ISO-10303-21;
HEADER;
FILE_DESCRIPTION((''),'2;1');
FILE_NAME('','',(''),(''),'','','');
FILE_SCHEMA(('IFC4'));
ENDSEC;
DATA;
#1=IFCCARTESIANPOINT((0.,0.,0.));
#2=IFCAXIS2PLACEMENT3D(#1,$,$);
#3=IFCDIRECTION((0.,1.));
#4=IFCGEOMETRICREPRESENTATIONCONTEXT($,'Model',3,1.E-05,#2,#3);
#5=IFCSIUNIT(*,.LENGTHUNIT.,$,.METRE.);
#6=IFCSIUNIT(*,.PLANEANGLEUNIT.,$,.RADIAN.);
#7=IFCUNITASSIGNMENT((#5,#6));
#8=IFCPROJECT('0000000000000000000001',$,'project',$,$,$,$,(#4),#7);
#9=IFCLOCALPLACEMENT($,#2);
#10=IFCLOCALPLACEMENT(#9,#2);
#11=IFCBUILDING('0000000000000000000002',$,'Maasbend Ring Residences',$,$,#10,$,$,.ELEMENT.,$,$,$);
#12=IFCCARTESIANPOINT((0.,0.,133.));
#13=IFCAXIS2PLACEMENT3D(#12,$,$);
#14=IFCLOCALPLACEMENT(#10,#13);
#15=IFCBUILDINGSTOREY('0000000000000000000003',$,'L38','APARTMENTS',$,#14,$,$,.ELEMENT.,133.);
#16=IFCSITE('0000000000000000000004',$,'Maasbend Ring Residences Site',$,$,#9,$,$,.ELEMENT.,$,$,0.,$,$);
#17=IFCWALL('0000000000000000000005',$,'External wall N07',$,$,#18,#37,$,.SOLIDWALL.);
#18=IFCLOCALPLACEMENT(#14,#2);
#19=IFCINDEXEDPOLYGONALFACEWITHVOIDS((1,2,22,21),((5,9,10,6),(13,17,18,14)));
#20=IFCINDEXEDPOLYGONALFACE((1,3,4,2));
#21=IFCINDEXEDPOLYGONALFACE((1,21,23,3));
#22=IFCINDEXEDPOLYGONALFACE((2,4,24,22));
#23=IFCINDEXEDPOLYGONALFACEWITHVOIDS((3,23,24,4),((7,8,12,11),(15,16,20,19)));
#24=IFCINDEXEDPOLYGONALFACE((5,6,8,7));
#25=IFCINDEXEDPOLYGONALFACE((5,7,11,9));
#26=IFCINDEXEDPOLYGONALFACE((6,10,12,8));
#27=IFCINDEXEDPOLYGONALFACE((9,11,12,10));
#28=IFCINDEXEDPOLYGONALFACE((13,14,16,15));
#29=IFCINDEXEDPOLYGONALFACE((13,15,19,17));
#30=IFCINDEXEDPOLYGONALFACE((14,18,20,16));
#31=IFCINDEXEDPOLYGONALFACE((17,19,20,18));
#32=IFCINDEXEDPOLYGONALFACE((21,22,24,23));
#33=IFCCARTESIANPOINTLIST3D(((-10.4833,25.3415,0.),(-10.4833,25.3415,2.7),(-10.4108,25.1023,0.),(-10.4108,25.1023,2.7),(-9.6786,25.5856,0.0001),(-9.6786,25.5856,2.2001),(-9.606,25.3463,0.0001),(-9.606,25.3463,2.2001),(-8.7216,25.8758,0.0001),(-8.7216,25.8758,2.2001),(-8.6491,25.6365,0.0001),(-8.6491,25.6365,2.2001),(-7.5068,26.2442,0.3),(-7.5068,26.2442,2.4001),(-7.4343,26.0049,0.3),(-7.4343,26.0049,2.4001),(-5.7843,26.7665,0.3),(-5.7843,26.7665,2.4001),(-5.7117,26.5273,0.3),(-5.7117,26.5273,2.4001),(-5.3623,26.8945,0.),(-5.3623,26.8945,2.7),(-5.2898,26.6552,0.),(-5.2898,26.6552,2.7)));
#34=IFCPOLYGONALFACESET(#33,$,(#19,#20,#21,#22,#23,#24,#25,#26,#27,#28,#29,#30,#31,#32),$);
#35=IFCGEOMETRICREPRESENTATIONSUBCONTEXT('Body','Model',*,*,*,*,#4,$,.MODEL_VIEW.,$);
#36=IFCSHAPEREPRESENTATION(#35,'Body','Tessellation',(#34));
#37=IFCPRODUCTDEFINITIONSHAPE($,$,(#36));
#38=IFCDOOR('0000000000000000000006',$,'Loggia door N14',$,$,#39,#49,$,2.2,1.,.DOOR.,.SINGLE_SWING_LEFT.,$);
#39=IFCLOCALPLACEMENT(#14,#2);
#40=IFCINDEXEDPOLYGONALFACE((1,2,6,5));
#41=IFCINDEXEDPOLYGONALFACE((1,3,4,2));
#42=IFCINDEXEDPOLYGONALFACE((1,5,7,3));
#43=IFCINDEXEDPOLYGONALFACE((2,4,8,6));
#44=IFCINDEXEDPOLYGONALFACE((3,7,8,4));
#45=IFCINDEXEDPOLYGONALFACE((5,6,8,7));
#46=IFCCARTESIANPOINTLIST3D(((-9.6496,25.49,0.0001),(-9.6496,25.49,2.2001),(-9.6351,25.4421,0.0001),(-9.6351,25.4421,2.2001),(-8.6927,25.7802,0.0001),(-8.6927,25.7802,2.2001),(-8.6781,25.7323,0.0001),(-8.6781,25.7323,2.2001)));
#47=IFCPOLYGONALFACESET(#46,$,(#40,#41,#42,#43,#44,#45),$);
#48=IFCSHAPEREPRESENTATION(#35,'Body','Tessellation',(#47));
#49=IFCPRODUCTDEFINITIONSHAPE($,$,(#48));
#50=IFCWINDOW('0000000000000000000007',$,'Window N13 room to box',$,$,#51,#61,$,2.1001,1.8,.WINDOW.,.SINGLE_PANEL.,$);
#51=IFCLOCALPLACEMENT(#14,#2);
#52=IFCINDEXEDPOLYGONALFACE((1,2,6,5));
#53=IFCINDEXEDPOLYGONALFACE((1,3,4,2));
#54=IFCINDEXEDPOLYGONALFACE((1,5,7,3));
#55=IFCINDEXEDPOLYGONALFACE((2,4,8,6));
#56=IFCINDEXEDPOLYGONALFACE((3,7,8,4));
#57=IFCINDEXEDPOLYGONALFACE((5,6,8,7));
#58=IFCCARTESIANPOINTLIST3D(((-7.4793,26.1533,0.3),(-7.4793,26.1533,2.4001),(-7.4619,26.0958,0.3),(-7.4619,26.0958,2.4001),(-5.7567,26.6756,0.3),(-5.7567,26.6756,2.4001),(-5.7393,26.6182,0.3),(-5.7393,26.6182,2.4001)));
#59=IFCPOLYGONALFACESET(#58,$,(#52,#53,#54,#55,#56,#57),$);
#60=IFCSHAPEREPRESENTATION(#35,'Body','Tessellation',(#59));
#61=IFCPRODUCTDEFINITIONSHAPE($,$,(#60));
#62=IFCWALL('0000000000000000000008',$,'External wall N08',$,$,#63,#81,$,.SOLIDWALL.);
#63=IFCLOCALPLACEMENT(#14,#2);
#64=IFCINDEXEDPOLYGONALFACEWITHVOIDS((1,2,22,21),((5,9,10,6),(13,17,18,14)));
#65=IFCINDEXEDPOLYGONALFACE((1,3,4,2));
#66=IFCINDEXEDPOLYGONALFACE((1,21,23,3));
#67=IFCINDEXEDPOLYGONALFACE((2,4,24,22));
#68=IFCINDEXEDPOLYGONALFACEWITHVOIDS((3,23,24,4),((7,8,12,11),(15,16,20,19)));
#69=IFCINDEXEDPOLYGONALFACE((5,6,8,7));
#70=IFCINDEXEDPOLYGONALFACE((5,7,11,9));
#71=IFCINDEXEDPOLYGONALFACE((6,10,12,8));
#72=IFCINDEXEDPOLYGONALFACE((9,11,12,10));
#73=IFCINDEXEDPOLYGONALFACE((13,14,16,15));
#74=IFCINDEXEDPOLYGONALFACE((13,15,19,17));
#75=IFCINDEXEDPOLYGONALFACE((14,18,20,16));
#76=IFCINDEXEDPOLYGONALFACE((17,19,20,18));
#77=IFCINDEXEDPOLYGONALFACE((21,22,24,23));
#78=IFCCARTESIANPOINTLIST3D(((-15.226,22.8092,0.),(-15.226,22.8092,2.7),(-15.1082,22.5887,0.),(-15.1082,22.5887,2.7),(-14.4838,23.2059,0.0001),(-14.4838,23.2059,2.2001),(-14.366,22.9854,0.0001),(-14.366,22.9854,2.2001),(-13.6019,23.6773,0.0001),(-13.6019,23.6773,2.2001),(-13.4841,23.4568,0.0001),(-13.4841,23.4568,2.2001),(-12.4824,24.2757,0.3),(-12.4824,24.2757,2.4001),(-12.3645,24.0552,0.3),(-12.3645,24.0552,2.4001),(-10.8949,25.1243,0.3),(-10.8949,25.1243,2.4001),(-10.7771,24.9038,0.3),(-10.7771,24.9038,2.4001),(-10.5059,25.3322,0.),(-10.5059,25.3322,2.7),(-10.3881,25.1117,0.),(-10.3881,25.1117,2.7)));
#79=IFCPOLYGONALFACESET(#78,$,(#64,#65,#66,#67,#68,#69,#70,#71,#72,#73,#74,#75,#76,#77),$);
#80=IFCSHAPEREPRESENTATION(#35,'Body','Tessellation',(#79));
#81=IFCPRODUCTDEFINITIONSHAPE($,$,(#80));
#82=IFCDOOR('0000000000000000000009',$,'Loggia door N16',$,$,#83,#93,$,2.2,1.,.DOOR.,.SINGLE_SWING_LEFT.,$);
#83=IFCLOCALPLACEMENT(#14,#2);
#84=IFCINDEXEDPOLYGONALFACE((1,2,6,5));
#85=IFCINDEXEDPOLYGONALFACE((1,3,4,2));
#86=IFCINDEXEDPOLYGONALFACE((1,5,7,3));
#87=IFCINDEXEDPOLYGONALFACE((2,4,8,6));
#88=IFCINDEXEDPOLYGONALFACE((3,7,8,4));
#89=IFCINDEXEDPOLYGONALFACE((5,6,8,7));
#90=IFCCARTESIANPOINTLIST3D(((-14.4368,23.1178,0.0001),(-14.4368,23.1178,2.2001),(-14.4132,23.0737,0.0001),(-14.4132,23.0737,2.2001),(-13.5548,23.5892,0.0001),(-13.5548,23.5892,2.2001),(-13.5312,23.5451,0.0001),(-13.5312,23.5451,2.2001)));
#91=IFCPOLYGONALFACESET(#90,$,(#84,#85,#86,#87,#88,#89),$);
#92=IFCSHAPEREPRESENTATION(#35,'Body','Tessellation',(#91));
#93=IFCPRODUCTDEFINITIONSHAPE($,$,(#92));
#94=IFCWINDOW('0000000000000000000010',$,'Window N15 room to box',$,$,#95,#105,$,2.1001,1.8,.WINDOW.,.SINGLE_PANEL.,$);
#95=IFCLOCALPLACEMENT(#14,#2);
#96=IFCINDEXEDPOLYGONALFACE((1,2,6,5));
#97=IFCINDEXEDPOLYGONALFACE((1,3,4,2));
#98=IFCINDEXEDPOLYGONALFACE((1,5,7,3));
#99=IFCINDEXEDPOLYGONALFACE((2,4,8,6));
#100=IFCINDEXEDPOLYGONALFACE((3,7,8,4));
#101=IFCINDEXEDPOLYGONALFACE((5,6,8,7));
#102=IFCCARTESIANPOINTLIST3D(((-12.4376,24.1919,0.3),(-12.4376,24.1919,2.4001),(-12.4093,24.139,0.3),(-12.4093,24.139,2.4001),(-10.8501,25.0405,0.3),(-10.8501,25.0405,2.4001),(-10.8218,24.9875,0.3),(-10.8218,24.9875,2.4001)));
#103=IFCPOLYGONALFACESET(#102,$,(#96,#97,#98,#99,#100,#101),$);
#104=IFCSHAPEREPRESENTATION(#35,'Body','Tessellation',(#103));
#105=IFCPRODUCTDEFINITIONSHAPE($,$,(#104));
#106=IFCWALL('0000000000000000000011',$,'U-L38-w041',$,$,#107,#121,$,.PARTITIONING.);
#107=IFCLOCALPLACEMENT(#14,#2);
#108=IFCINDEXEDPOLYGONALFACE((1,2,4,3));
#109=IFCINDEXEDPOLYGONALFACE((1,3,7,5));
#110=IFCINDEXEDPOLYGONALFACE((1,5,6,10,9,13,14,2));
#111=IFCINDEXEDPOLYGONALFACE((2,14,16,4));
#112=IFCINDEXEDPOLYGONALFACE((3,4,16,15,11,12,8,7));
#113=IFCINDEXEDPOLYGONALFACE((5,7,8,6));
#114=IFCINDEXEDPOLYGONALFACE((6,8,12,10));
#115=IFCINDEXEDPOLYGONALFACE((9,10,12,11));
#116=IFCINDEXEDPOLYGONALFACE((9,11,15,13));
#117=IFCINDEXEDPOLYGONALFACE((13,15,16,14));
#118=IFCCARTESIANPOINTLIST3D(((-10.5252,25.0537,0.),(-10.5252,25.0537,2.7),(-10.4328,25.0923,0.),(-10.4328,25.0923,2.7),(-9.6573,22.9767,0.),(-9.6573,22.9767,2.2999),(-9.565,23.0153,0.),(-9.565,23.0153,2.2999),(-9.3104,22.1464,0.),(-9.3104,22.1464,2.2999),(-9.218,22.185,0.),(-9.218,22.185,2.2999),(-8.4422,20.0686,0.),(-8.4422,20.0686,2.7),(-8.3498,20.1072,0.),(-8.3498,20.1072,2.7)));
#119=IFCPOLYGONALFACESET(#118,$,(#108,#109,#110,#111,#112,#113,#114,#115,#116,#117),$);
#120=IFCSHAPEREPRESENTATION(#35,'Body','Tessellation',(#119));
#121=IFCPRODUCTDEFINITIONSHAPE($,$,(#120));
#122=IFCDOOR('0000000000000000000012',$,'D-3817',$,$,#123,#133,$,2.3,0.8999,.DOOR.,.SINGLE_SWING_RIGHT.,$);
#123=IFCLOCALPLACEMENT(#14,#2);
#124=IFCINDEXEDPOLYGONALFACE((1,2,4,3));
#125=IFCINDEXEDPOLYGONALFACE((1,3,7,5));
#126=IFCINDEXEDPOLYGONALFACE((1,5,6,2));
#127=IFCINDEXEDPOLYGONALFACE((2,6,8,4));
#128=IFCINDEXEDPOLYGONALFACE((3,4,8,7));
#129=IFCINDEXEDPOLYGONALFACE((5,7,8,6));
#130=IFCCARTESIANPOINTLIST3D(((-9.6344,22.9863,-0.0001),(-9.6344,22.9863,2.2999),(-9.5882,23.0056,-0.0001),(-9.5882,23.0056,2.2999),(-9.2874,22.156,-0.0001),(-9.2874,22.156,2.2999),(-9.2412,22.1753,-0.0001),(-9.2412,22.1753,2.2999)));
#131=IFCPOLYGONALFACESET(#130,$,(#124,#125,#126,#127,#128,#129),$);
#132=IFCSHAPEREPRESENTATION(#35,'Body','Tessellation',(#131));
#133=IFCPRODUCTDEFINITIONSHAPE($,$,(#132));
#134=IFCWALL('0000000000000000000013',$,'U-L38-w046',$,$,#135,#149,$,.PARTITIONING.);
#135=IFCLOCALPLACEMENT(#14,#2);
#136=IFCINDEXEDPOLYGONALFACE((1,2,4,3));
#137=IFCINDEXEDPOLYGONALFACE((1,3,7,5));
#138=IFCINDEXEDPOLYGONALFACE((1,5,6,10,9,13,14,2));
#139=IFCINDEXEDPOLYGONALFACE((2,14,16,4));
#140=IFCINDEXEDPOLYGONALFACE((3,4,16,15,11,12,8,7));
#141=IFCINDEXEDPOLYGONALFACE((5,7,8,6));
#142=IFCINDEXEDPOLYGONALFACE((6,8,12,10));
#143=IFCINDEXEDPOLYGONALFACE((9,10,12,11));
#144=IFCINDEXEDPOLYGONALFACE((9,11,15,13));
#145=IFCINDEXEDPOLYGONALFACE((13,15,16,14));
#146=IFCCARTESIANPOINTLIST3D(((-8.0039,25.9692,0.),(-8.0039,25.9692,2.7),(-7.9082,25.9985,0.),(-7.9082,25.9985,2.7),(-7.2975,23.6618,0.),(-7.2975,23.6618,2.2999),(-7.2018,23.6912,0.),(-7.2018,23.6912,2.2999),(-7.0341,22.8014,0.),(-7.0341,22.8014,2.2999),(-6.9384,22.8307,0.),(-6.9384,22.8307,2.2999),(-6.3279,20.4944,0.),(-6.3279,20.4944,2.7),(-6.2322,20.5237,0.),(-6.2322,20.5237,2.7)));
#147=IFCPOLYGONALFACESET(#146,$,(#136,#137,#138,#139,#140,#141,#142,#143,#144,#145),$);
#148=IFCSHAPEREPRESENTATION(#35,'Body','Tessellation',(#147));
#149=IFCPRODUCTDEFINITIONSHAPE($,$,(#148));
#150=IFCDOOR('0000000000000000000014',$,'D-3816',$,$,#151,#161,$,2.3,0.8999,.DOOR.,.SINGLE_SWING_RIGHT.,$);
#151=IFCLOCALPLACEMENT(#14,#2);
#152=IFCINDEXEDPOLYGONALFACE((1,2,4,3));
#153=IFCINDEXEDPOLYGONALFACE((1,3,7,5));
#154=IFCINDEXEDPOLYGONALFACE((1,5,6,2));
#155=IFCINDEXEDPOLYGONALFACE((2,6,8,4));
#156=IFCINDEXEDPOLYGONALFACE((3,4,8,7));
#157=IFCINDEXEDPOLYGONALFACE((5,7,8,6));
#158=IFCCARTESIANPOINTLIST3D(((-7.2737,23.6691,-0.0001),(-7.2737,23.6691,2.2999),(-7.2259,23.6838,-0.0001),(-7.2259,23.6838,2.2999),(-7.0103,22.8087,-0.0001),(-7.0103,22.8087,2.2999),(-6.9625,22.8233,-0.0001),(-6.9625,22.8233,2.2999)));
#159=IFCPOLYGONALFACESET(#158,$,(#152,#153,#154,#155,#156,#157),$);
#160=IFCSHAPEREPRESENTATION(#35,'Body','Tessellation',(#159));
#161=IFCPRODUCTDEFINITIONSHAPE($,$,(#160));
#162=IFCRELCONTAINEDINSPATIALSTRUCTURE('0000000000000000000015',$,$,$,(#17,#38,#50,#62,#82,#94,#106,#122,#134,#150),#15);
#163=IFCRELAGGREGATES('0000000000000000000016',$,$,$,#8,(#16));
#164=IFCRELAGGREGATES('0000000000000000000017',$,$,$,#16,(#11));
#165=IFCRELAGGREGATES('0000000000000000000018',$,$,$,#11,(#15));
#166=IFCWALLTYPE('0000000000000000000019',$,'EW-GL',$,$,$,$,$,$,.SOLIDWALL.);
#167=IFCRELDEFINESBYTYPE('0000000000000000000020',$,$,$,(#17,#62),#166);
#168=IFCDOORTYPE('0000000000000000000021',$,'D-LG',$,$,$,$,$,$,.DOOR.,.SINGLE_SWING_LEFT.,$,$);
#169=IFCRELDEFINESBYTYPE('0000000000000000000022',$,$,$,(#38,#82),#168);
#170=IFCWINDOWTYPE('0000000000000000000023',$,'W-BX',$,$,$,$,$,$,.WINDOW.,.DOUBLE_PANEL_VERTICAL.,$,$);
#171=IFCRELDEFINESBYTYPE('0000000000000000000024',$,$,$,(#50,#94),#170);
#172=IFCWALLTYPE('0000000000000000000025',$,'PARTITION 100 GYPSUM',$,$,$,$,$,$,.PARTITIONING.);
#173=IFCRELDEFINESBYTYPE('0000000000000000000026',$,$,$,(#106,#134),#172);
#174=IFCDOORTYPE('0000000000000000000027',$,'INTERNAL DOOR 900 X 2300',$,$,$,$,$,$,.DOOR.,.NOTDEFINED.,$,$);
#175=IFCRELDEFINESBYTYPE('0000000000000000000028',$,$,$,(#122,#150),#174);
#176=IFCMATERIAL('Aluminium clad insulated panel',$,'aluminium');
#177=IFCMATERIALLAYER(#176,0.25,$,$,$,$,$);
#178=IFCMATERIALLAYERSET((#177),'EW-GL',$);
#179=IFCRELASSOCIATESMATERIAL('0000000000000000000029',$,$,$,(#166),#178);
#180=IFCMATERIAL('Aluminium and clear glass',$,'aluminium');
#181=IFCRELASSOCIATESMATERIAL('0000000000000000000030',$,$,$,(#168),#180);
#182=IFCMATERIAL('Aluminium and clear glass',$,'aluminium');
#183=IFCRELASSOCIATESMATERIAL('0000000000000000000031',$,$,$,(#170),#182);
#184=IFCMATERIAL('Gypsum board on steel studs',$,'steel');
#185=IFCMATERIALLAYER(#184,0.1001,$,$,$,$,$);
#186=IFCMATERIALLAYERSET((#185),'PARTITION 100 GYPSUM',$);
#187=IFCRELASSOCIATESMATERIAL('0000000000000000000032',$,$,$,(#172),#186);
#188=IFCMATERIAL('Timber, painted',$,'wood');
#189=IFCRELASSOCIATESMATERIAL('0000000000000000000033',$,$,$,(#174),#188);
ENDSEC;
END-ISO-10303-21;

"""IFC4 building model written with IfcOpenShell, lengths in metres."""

from ifc_helpers import new_model, si_unit, direction, frame, frame_2d, origin, place, context, subcontext, project, spatial, rectangle, extrude, material, layer, layer_set, type_object, element, fill, save


model = new_model("IFC4")

# Units and contexts
model_context = context("Model", 3, precision=1e-05, world=origin(), true_north=direction((0.0, 1.0)))
body_context = subcontext(model_context, "Body", "Model", "MODEL_VIEW")
ifc_project = project(units=[si_unit("LENGTHUNIT", "METRE"), si_unit("PLANEANGLEUNIT", "RADIAN")], contexts=[model_context])

# Site, building, storey
site_placement = place(None, origin())
site = spatial("IfcSite", under=ifc_project, at=site_placement, Name="Maasbend Ring Residences Site", CompositionType="ELEMENT", RefElevation=0.0)
building_placement = place(site_placement, origin())
building = spatial("IfcBuilding", under=site, at=building_placement, Name="Maasbend Ring Residences", CompositionType="ELEMENT")
storey_placement = place(building_placement, frame((0.0, 0.0, 133.0)))
storey = spatial("IfcBuildingStorey", under=building, at=storey_placement, Name="L38", Description="APARTMENTS", CompositionType="ELEMENT", Elevation=133.0)

# Walls, openings, doors, windows
ifc_material_1 = material(Name="Aluminium clad insulated panel", Category="aluminium")
ifc_layer_1 = layer(ifc_material_1, 0.25)
ifc_layer_set_1 = layer_set([ifc_layer_1], Name="EW-GL")
wall_type_1 = type_object("IfcWallType", Name="EW-GL", PredefinedType="SOLIDWALL", material=ifc_layer_set_1)
wall_1_placement = place(storey_placement, frame((-5.3259, 26.7749, 0.0), z_axis=(0.0, 0.0, 1.0), x_axis=(-0.956966, -0.290201, 0.0)))
wall_1 = element("IfcWall", 1, at=wall_1_placement, inside=storey, type_object=wall_type_1, Name="External wall N07", PredefinedType="SOLIDWALL", context=body_context, shape_type="SweptSolid", body=[
    extrude(rectangle(XDim=5.3513, YDim=0.25, at=frame_2d((2.6758, 0.0))), origin(), (0.0, 0.0, 1.0), 2.7),
])
opening_1_placement = place(wall_1_placement, frame((0.4412, 0.0, 0.3)))
opening_1 = element("IfcOpeningElement", 2, at=opening_1_placement, cuts=wall_1, PredefinedType="OPENING", context=body_context, shape_type="SweptSolid", body=[
    extrude(rectangle(XDim=1.8, YDim=2.1001, at=frame_2d((0.8999, 1.05))), frame((0.0, 0.135, 0.0), z_axis=(0.0, -1.0, 0.0), x_axis=(1.0, 0.0, 0.0)), (0.0, 0.0, 1.0), 0.27),
])
opening_2_placement = place(wall_1_placement, frame((3.5105, 0.0, 0.0)))
opening_2 = element("IfcOpeningElement", 3, at=opening_2_placement, cuts=wall_1, PredefinedType="OPENING", context=body_context, shape_type="SweptSolid", body=[
    extrude(rectangle(XDim=1.0, YDim=2.2, at=frame_2d((0.5, 1.1001))), frame((0.0, 0.135, 0.0), z_axis=(0.0, -1.0, 0.0), x_axis=(1.0, 0.0, 0.0)), (0.0, 0.0, 1.0), 0.27),
])
ifc_material_2 = material(Name="Aluminium and clear glass", Category="aluminium")
door_type_1 = type_object("IfcDoorType", Name="D-LG", OperationType="SINGLE_SWING_LEFT", PredefinedType="DOOR", material=ifc_material_2)
door_1_placement = place(opening_2_placement, origin())
door_1 = element("IfcDoor", 4, at=door_1_placement, inside=storey, type_object=door_type_1, Name="Loggia door N14", OperationType="SINGLE_SWING_LEFT", OverallHeight=2.2, OverallWidth=1.0, PredefinedType="DOOR", context=body_context, shape_type="SweptSolid", body=[
    extrude(rectangle(XDim=1.0, YDim=2.2, at=frame_2d((0.5, 1.1001))), frame((0.0, 0.0249, 0.0), z_axis=(0.0, -1.0, 0.0), x_axis=(1.0, 0.0, 0.0)), (0.0, 0.0, 1.0), 0.05),
])
fill(opening_2, door_1)
ifc_material_3 = material(Name="Aluminium and clear glass", Category="aluminium")
window_type_1 = type_object("IfcWindowType", Name="W-BX", PartitioningType="DOUBLE_PANEL_VERTICAL", PredefinedType="WINDOW", material=ifc_material_3)
window_1_placement = place(opening_1_placement, origin())
window_1 = element("IfcWindow", 5, at=window_1_placement, inside=storey, type_object=window_type_1, Name="Window N13 room to box", OverallHeight=2.1001, OverallWidth=1.8, PartitioningType="SINGLE_PANEL", PredefinedType="WINDOW", context=body_context, shape_type="SweptSolid", body=[
    extrude(rectangle(XDim=1.8, YDim=2.1001, at=frame_2d((0.8999, 1.05))), frame((0.0, 0.03, 0.0), z_axis=(0.0, -1.0, 0.0), x_axis=(1.0, 0.0, 0.0)), (0.0, 0.0, 1.0), 0.0601),
])
fill(opening_1, window_1)
wall_2_placement = place(storey_placement, frame((-10.447, 25.2219, 0.0), z_axis=(0.0, 0.0, 1.0), x_axis=(-0.881916, -0.471407, 0.0)))
wall_2 = element("IfcWall", 6, at=wall_2_placement, inside=storey, type_object=wall_type_1, Name="External wall N08", PredefinedType="SOLIDWALL", context=body_context, shape_type="SweptSolid", body=[
    extrude(rectangle(XDim=5.3521, YDim=0.25, at=frame_2d((2.676, 0.0))), origin(), (0.0, 0.0, 1.0), 2.7),
])
opening_3_placement = place(wall_2_placement, frame((0.4412, 0.0, 0.3)))
opening_3 = element("IfcOpeningElement", 7, at=opening_3_placement, cuts=wall_2, PredefinedType="OPENING", context=body_context, shape_type="SweptSolid", body=[
    extrude(rectangle(XDim=1.8, YDim=2.1001, at=frame_2d((0.8999, 1.05))), frame((0.0, 0.135, 0.0), z_axis=(0.0, -1.0, 0.0), x_axis=(1.0, 0.0, 0.0)), (0.0, 0.0, 1.0), 0.27),
])
opening_4_placement = place(wall_2_placement, frame((3.5105, 0.0, 0.0)))
opening_4 = element("IfcOpeningElement", 8, at=opening_4_placement, cuts=wall_2, PredefinedType="OPENING", context=body_context, shape_type="SweptSolid", body=[
    extrude(rectangle(XDim=1.0, YDim=2.2, at=frame_2d((0.5, 1.1001))), frame((0.0, 0.135, 0.0), z_axis=(0.0, -1.0, 0.0), x_axis=(1.0, 0.0, 0.0)), (0.0, 0.0, 1.0), 0.27),
])
door_2_placement = place(opening_4_placement, origin())
door_2 = element("IfcDoor", 9, at=door_2_placement, inside=storey, type_object=door_type_1, Name="Loggia door N16", OperationType="SINGLE_SWING_LEFT", OverallHeight=2.2, OverallWidth=1.0, PredefinedType="DOOR", context=body_context, shape_type="SweptSolid", body=[
    extrude(rectangle(XDim=1.0, YDim=2.2, at=frame_2d((0.5, 1.1001))), frame((0.0, 0.0249, 0.0), z_axis=(0.0, -1.0, 0.0), x_axis=(1.0, 0.0, 0.0)), (0.0, 0.0, 1.0), 0.05),
])
fill(opening_4, door_2)
window_2_placement = place(opening_3_placement, origin())
window_2 = element("IfcWindow", 10, at=window_2_placement, inside=storey, type_object=window_type_1, Name="Window N15 room to box", OverallHeight=2.1001, OverallWidth=1.8, PartitioningType="SINGLE_PANEL", PredefinedType="WINDOW", context=body_context, shape_type="SweptSolid", body=[
    extrude(rectangle(XDim=1.8, YDim=2.1001, at=frame_2d((0.8999, 1.05))), frame((0.0, 0.03, 0.0), z_axis=(0.0, -1.0, 0.0), x_axis=(1.0, 0.0, 0.0)), (0.0, 0.0, 1.0), 0.0601),
])
fill(opening_3, window_2)

# Walls, openings, doors
ifc_material_4 = material(Name="Gypsum board on steel studs", Category="steel")
ifc_layer_2 = layer(ifc_material_4, 0.1001)
ifc_layer_set_2 = layer_set([ifc_layer_2], Name="PARTITION 100 GYPSUM")
wall_type_2 = type_object("IfcWallType", Name="PARTITION 100 GYPSUM", PredefinedType="PARTITIONING", material=ifc_layer_set_2)
wall_3_placement = place(storey_placement, frame((-10.479, 25.073, 0.0), z_axis=(0.0, 0.0, 1.0), x_axis=(0.385542, -0.92269, 0.0)))
wall_3 = element("IfcWall", 11, at=wall_3_placement, inside=storey, type_object=wall_type_2, Name="U-L38-w041", PredefinedType="PARTITIONING", context=body_context, shape_type="SweptSolid", body=[
    extrude(rectangle(XDim=5.4028, YDim=0.1001, at=frame_2d((2.7014, 0.0))), origin(), (0.0, 0.0, 1.0), 2.7),
])
opening_5_placement = place(wall_3_placement, frame((2.251, 0.0, 0.0)))
opening_5 = element("IfcOpeningElement", 12, at=opening_5_placement, cuts=wall_3, PredefinedType="OPENING", context=body_context, shape_type="SweptSolid", body=[
    extrude(rectangle(XDim=0.8999, YDim=2.3, at=frame_2d((0.45, 1.1499))), frame((0.0, 0.0601, 0.0), z_axis=(0.0, -1.0, 0.0), x_axis=(1.0, 0.0, 0.0)), (0.0, 0.0, 1.0), 0.1201),
])
ifc_material_5 = material(Name="Timber, painted", Category="wood")
door_type_2 = type_object("IfcDoorType", Name="INTERNAL DOOR 900 X 2300", OperationType="NOTDEFINED", PredefinedType="DOOR", material=ifc_material_5)
door_3_placement = place(opening_5_placement, origin())
door_3 = element("IfcDoor", 13, at=door_3_placement, inside=storey, type_object=door_type_2, Name="D-3817", OperationType="SINGLE_SWING_RIGHT", OverallHeight=2.3, OverallWidth=0.8999, PredefinedType="DOOR", context=body_context, shape_type="SweptSolid", body=[
    extrude(rectangle(XDim=0.8999, YDim=2.3, at=frame_2d((0.45, 1.1499))), frame((0.0, 0.0249, 0.0), z_axis=(0.0, -1.0, 0.0), x_axis=(1.0, 0.0, 0.0)), (0.0, 0.0, 1.0), 0.05),
])
fill(opening_5, door_3)
wall_4_placement = place(storey_placement, frame((-7.9561, 25.9839, 0.0), z_axis=(0.0, 0.0, 1.0), x_axis=(0.292722, -0.956198, 0.0)))
wall_4 = element("IfcWall", 14, at=wall_4_placement, inside=storey, type_object=wall_type_2, Name="U-L38-w046", PredefinedType="PARTITIONING", context=body_context, shape_type="SweptSolid", body=[
    extrude(rectangle(XDim=5.7256, YDim=0.1001, at=frame_2d((2.8628, 0.0))), origin(), (0.0, 0.0, 1.0), 2.7),
])
opening_6_placement = place(wall_4_placement, frame((2.4131, 0.0, 0.0)))
opening_6 = element("IfcOpeningElement", 15, at=opening_6_placement, cuts=wall_4, PredefinedType="OPENING", context=body_context, shape_type="SweptSolid", body=[
    extrude(rectangle(XDim=0.8999, YDim=2.3, at=frame_2d((0.45, 1.1499))), frame((0.0, 0.0601, 0.0), z_axis=(0.0, -1.0, 0.0), x_axis=(1.0, 0.0, 0.0)), (0.0, 0.0, 1.0), 0.1201),
])
door_4_placement = place(opening_6_placement, origin())
door_4 = element("IfcDoor", 16, at=door_4_placement, inside=storey, type_object=door_type_2, Name="D-3816", OperationType="SINGLE_SWING_RIGHT", OverallHeight=2.3, OverallWidth=0.8999, PredefinedType="DOOR", context=body_context, shape_type="SweptSolid", body=[
    extrude(rectangle(XDim=0.8999, YDim=2.3, at=frame_2d((0.45, 1.1499))), frame((0.0, 0.0249, 0.0), z_axis=(0.0, -1.0, 0.0), x_axis=(1.0, 0.0, 0.0)), (0.0, 0.0, 1.0), 0.05),
])
fill(opening_6, door_4)

save(model, "model.ifc")
